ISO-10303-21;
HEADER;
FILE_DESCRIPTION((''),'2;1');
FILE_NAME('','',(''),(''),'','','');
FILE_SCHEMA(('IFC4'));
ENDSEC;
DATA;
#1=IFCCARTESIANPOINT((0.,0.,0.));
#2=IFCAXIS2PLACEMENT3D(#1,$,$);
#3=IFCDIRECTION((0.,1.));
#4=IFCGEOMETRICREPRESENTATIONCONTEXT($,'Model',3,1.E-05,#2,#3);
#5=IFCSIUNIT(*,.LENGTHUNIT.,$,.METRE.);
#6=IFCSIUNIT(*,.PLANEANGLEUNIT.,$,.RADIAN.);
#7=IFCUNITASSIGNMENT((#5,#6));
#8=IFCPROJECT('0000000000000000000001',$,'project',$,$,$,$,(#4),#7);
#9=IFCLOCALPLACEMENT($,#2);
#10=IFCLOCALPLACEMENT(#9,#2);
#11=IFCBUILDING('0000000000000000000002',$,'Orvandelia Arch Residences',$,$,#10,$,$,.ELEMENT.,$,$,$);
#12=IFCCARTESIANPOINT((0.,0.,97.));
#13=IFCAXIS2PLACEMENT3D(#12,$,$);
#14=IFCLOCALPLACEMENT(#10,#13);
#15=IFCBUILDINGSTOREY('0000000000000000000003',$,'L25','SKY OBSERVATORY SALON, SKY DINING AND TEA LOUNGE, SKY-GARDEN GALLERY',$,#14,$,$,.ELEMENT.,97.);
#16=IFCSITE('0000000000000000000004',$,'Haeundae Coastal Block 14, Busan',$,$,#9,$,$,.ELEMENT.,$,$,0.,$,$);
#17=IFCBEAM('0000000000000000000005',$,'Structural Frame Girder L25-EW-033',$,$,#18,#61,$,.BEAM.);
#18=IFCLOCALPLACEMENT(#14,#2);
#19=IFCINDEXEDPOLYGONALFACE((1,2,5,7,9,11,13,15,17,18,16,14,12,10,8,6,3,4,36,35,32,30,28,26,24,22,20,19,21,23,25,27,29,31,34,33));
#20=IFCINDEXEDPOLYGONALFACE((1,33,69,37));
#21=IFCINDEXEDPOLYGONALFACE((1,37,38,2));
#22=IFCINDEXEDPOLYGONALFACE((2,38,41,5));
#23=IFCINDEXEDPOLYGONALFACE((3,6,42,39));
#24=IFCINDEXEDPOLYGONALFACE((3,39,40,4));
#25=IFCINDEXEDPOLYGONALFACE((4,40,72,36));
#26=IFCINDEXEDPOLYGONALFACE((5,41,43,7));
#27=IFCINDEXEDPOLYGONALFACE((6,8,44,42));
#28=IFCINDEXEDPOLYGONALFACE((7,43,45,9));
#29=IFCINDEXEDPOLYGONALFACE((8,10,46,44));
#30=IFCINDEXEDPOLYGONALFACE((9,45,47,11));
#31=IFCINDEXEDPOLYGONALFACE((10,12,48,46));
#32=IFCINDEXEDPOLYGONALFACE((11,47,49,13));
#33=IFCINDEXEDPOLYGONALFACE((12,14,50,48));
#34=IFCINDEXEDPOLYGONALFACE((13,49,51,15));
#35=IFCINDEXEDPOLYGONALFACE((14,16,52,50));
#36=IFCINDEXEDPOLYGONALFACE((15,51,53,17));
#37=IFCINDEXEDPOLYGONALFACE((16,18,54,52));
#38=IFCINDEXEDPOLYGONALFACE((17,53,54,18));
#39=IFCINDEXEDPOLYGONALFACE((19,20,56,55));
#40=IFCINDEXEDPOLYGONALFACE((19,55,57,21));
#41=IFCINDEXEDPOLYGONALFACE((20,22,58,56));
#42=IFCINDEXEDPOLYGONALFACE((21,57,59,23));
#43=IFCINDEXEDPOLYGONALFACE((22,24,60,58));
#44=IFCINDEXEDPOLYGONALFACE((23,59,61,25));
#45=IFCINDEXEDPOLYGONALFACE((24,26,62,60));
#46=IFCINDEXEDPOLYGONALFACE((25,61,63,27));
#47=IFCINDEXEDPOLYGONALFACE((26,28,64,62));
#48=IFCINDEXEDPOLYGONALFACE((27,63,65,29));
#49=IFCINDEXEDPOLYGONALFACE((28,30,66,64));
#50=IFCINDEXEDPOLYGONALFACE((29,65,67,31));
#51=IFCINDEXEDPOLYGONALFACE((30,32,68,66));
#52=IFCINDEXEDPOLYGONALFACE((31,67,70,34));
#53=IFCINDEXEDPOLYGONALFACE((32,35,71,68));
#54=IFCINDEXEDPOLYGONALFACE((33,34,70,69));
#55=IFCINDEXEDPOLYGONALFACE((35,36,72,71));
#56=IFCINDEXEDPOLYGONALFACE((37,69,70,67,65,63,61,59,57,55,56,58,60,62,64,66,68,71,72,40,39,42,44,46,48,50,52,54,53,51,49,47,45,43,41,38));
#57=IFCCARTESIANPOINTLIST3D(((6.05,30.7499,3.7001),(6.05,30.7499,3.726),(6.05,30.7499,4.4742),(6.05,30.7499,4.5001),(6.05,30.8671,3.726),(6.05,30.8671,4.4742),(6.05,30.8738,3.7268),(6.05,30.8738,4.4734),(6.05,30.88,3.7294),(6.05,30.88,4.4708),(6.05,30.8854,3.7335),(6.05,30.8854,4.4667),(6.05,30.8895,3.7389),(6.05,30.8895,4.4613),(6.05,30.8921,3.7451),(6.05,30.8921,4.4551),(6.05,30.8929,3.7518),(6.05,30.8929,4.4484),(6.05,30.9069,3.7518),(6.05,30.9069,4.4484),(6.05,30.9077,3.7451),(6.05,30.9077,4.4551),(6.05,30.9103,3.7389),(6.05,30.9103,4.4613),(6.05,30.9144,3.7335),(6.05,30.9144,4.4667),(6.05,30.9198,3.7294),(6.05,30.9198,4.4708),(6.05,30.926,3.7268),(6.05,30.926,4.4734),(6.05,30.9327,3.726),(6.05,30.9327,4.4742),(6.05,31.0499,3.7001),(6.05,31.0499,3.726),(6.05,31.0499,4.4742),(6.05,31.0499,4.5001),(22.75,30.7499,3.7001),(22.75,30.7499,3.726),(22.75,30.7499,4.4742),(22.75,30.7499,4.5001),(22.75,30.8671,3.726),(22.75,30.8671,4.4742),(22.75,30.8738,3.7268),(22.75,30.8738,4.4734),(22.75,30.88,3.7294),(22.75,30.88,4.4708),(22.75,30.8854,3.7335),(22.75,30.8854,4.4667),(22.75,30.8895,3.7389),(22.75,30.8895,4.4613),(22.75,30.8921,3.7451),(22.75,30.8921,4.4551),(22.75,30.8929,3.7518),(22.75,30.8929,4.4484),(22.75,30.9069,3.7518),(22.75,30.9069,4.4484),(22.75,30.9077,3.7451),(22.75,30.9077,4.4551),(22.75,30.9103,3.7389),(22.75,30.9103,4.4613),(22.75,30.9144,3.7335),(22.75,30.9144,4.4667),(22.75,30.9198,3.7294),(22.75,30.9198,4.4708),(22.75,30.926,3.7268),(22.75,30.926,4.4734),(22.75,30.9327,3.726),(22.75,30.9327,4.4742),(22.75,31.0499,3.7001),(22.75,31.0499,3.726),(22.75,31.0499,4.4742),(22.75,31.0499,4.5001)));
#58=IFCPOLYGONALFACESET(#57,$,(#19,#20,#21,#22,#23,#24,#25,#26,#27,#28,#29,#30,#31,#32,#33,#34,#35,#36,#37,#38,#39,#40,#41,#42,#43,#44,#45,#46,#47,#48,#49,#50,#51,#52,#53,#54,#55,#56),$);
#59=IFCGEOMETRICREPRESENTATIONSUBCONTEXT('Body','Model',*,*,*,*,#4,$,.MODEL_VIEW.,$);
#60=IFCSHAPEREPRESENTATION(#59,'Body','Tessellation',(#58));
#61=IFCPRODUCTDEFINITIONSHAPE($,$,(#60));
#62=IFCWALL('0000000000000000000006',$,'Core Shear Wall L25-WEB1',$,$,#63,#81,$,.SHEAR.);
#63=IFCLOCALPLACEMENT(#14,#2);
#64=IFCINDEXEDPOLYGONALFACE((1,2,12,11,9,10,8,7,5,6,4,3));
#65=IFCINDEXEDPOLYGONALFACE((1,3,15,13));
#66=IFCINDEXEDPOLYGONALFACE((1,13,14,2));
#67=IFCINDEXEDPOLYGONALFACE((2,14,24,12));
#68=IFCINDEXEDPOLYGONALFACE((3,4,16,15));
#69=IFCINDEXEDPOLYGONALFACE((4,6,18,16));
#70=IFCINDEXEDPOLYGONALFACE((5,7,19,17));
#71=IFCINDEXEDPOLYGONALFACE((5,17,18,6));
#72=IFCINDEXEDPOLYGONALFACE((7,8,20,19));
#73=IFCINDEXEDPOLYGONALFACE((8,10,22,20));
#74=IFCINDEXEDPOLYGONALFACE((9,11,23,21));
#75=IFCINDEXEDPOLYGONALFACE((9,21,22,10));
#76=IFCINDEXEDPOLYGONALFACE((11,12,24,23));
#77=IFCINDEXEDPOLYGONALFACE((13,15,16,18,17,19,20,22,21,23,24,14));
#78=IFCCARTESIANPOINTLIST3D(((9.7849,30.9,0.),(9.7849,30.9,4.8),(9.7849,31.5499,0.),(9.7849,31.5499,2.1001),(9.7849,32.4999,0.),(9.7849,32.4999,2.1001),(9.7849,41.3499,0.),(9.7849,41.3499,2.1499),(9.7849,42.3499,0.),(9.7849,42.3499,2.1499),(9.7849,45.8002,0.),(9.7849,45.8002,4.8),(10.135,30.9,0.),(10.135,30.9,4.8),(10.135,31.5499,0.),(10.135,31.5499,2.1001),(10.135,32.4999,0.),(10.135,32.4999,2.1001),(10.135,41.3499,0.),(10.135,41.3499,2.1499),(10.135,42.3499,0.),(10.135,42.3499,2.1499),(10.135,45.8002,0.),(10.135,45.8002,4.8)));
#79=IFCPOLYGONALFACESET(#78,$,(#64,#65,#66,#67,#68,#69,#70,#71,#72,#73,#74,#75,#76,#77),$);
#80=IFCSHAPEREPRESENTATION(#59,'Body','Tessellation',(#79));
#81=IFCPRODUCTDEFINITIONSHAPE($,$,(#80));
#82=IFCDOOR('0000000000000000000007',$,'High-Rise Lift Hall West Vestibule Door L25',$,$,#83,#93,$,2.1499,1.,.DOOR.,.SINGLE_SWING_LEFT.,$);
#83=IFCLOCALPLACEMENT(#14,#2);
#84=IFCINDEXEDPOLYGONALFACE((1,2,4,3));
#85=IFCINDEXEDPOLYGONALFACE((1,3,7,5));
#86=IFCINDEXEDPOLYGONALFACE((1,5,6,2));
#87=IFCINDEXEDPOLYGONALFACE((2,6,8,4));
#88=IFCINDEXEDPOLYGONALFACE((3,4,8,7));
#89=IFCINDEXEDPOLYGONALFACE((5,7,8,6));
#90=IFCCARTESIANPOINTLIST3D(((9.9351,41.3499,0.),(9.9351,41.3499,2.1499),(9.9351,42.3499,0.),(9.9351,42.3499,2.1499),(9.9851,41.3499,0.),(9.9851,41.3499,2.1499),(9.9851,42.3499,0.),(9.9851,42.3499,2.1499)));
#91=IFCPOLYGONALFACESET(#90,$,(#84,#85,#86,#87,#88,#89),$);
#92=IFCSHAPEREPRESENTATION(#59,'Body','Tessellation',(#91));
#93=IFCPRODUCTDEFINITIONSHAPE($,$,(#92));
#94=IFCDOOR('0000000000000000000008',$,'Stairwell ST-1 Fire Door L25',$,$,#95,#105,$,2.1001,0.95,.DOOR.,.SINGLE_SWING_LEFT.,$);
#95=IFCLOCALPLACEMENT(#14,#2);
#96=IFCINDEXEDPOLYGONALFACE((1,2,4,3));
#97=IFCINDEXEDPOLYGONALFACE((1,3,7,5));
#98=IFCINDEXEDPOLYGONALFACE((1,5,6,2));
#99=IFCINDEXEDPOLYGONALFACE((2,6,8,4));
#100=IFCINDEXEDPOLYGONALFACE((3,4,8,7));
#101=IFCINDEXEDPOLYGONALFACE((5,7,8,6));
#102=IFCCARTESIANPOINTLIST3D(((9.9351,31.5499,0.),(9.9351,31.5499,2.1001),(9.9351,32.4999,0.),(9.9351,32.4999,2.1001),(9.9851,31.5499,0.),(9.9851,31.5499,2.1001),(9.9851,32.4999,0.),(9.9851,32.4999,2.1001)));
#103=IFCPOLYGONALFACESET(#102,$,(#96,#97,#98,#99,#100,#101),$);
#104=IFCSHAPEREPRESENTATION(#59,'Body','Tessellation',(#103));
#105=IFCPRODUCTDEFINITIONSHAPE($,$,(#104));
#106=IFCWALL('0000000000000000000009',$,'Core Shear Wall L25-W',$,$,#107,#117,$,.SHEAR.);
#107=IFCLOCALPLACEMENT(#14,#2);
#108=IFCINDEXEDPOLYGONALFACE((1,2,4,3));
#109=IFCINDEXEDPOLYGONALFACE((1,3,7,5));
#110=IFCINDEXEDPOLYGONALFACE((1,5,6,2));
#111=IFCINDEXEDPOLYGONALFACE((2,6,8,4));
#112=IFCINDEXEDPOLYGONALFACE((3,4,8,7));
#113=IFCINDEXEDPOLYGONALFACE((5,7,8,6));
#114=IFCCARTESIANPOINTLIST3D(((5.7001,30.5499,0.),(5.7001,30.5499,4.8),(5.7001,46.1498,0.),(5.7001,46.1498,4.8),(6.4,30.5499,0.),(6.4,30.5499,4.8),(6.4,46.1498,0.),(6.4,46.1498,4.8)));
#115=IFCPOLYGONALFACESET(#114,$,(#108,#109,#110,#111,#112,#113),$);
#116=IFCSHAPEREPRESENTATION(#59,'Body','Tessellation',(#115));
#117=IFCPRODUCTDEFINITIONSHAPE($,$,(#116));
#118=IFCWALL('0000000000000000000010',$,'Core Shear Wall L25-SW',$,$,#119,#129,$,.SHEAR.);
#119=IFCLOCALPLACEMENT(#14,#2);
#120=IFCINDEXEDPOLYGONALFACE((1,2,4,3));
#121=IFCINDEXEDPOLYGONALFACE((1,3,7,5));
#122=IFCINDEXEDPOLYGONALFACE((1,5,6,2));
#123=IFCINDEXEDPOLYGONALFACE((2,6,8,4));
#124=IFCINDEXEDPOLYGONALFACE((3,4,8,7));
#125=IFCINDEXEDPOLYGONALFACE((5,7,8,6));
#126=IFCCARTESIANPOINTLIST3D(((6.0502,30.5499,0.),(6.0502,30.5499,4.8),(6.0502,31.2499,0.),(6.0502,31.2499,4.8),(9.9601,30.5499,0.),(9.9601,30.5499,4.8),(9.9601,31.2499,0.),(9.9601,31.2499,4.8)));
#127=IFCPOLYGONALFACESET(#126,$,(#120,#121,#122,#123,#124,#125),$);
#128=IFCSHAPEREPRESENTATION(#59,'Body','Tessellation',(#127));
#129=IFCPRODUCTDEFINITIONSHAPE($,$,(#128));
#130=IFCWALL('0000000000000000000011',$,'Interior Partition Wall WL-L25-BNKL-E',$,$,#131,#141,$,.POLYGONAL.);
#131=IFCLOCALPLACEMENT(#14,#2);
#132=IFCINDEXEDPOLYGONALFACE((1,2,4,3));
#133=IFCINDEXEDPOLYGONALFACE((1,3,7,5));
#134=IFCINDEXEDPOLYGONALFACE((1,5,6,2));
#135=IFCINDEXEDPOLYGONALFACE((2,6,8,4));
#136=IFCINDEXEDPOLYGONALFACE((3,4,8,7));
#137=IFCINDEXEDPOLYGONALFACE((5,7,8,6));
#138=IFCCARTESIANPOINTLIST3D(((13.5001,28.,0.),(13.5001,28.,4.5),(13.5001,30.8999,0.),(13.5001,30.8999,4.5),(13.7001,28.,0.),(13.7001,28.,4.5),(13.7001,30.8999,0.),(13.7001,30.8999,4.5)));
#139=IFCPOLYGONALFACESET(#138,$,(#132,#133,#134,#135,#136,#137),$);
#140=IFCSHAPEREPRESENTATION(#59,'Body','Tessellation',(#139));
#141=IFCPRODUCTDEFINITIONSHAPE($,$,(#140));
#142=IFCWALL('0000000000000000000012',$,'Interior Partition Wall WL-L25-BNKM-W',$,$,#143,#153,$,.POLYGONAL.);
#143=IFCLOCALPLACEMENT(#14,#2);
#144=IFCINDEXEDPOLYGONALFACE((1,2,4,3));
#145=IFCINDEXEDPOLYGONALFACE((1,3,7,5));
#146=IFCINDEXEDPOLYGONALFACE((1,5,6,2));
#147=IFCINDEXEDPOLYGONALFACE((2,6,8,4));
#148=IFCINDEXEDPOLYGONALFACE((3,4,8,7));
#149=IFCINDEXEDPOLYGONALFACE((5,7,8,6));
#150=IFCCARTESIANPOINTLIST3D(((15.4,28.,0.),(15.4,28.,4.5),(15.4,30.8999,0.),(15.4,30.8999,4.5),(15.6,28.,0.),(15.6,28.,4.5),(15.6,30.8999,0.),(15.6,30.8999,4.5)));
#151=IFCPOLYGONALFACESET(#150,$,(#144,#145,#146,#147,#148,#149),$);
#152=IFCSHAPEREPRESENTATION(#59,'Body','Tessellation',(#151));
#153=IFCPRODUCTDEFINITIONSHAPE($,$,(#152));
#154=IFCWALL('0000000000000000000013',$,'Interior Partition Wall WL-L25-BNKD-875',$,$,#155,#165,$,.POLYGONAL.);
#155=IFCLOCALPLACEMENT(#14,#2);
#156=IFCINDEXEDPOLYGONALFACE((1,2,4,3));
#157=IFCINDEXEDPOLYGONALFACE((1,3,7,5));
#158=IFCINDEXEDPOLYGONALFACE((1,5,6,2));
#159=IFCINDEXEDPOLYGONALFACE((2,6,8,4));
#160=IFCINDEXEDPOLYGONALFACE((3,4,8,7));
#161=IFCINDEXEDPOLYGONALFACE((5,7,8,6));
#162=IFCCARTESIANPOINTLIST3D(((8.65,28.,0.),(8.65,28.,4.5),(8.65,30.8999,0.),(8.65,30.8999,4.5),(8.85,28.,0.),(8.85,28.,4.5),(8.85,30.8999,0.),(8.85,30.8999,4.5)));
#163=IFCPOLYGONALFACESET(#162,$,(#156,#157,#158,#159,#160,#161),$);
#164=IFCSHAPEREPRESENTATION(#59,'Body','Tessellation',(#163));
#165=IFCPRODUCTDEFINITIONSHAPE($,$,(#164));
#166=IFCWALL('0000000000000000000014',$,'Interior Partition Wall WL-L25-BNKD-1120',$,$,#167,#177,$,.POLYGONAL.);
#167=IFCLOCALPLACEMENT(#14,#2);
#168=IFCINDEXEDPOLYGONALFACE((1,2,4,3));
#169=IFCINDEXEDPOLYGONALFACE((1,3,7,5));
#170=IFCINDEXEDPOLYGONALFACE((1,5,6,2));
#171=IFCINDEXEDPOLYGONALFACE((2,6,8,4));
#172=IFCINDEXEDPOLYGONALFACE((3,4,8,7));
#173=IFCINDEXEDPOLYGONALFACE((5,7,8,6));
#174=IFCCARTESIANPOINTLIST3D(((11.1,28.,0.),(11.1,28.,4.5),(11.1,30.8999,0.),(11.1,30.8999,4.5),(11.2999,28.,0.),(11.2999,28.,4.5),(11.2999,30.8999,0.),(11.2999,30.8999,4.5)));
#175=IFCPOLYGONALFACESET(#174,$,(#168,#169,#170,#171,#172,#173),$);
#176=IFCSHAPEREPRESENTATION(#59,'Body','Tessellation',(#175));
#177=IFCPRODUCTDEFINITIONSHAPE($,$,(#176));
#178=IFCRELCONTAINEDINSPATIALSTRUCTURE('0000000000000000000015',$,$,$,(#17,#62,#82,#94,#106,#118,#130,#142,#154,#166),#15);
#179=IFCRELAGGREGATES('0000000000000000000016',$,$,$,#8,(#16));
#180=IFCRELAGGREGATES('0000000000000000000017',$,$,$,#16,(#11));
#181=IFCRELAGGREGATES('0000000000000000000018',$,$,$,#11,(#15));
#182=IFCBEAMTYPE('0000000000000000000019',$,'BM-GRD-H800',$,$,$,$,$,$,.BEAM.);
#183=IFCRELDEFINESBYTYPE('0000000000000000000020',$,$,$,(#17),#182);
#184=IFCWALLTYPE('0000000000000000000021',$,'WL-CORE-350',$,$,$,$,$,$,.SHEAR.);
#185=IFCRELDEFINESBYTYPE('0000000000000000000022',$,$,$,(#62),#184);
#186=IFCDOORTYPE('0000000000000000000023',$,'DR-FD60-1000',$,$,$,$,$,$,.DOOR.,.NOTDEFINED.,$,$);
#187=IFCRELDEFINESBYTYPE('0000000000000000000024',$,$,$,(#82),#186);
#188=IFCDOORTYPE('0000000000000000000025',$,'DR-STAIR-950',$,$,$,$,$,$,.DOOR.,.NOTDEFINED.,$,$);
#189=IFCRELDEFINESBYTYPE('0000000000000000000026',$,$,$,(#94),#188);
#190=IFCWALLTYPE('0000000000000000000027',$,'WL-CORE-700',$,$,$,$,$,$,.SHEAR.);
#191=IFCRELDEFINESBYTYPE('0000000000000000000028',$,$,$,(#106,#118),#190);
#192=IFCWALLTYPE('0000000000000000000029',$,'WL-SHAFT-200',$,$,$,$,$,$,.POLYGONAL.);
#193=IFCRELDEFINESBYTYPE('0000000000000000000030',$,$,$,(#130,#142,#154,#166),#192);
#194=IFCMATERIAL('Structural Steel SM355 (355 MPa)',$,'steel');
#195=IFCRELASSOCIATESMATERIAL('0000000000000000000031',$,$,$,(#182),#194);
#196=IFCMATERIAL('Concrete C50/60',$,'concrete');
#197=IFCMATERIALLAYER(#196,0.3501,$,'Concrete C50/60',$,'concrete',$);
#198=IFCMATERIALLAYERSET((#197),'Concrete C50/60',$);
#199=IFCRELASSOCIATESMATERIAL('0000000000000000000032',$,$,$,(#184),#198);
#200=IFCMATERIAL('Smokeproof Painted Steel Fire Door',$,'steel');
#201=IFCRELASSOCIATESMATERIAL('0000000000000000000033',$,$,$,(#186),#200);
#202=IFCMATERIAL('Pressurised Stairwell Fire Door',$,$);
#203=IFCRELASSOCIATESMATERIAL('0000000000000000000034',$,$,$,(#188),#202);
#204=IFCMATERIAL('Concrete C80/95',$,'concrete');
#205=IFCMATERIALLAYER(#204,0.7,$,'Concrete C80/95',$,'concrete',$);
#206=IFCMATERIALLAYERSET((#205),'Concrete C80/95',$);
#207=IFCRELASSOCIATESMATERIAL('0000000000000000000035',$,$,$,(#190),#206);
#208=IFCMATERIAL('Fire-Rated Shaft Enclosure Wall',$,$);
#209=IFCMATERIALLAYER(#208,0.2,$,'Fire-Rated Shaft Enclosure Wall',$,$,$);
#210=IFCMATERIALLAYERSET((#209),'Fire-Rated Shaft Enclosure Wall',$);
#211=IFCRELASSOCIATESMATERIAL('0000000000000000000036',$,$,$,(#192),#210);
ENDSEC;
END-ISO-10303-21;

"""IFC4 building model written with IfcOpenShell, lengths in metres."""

from ifc_helpers import new_model, si_unit, direction, frame, frame_2d, origin, origin_2d, place, context, subcontext, project, spatial, rectangle, i_section, extrude, material, layer, layer_set, material_profile, profile_set, type_object, element, fill, save


model = new_model("IFC4")

# Units and contexts
model_context = context("Model", 3, precision=1e-05, world=origin(), true_north=direction((0.0, 1.0)))
body_context = subcontext(model_context, "Body", "Model", "MODEL_VIEW")
ifc_project = project(units=[si_unit("LENGTHUNIT", "METRE"), si_unit("PLANEANGLEUNIT", "RADIAN")], contexts=[model_context])

# Site, building, storey
site_placement = place(None, origin())
site = spatial("IfcSite", under=ifc_project, at=site_placement, Name="Haeundae Coastal Block 14, Busan", CompositionType="ELEMENT", RefElevation=0.0)
building_placement = place(site_placement, origin())
building = spatial("IfcBuilding", under=site, at=building_placement, Name="Orvandelia Arch Residences", CompositionType="ELEMENT")
storey_placement = place(building_placement, frame((0.0, 0.0, 97.0)))
storey = spatial("IfcBuildingStorey", under=building, at=storey_placement, Name="L25", Description="SKY OBSERVATORY SALON, SKY DINING AND TEA LOUNGE, SKY-GARDEN GALLERY", CompositionType="ELEMENT", Elevation=97.0)

# Shared definitions
ifc_material_1 = material(Name="Concrete C80/95", Category="concrete")

# Beam
ifc_material_2 = material(Name="Structural Steel SM355 (355 MPa)", Category="steel")
ifc_material_profile_1 = material_profile(ifc_material_2, i_section(OverallWidth=0.3, OverallDepth=0.8, WebThickness=0.0139, FlangeThickness=0.0259, FilletRadius=0.0259, at=origin_2d()), Name="Structural Steel SM355 (355 MPa)", Category="steel")
ifc_profile_set_1 = profile_set([ifc_material_profile_1], Name="Structural Steel SM355 (355 MPa)")
beam_type = type_object("IfcBeamType", Name="BM-GRD-H800", PredefinedType="BEAM", material=ifc_profile_set_1)
beam_1_placement = place(storey_placement, frame((6.05, 30.8999, 4.1001), z_axis=(1.0, 0.0, 0.0), x_axis=(0.0, 1.0, 0.0)))
element("IfcBeam", 1, at=beam_1_placement, inside=storey, type_object=beam_type, Name="Structural Frame Girder L25-EW-033", PredefinedType="BEAM", context=body_context, shape_type="SweptSolid", body=[
    extrude(i_section(OverallWidth=0.3, OverallDepth=0.8, WebThickness=0.0139, FlangeThickness=0.0259, FilletRadius=0.0259, at=origin_2d()), origin(), (0.0, 0.0, 1.0), 16.7),
])

# Wall, openings, doors
ifc_material_3 = material(Name="Concrete C50/60", Category="concrete")
ifc_layer_1 = layer(ifc_material_3, 0.3501, Name="Concrete C50/60", Category="concrete")
ifc_layer_set_1 = layer_set([ifc_layer_1], Name="Concrete C50/60")
wall_type_1 = type_object("IfcWallType", Name="WL-CORE-350", PredefinedType="SHEAR", material=ifc_layer_set_1)
wall_1_placement = place(storey_placement, frame((9.96, 30.8999, 0.0), z_axis=(0.0, 0.0, 1.0), x_axis=(0.0, 1.0, 0.0)))
wall_1 = element("IfcWall", 2, at=wall_1_placement, inside=storey, type_object=wall_type_1, Name="Core Shear Wall L25-WEB1", PredefinedType="SHEAR", context=body_context, shape_type="SweptSolid", body=[
    extrude(rectangle(XDim=14.9001, YDim=0.3501, at=frame_2d((7.4502, 0.0))), origin(), (0.0, 0.0, 1.0), 4.8),
])
opening_1_placement = place(wall_1_placement, frame((0.6499, 0.0, 0.0)))
opening_1 = element("IfcOpeningElement", 3, at=opening_1_placement, cuts=wall_1, PredefinedType="OPENING", context=body_context, shape_type="SweptSolid", body=[
    extrude(rectangle(XDim=0.95, YDim=2.1001, at=frame_2d((0.4751, 1.05))), frame((0.0, 0.1851, 0.0), z_axis=(0.0, -1.0, 0.0), x_axis=(1.0, 0.0, 0.0)), (0.0, 0.0, 1.0), 0.3701),
])
opening_2_placement = place(wall_1_placement, frame((10.45, 0.0, 0.0)))
opening_2 = element("IfcOpeningElement", 4, at=opening_2_placement, cuts=wall_1, PredefinedType="OPENING", context=body_context, shape_type="SweptSolid", body=[
    extrude(rectangle(XDim=1.0, YDim=2.1499, at=frame_2d((0.5, 1.075))), frame((0.0, 0.1851, 0.0), z_axis=(0.0, -1.0, 0.0), x_axis=(1.0, 0.0, 0.0)), (0.0, 0.0, 1.0), 0.3701),
])
ifc_material_4 = material(Name="Smokeproof Painted Steel Fire Door", Category="steel")
door_type_1 = type_object("IfcDoorType", Name="DR-FD60-1000", OperationType="NOTDEFINED", PredefinedType="DOOR", material=ifc_material_4)
door_1_placement = place(opening_2_placement, origin())
door_1 = element("IfcDoor", 5, at=door_1_placement, inside=storey, type_object=door_type_1, Name="High-Rise Lift Hall West Vestibule Door L25", OperationType="SINGLE_SWING_LEFT", OverallHeight=2.1499, OverallWidth=1.0, PredefinedType="DOOR", context=body_context, shape_type="SweptSolid", body=[
    extrude(rectangle(XDim=1.0, YDim=2.1499, at=frame_2d((0.5, 1.075))), frame((0.0, 0.0249, 0.0), z_axis=(0.0, -1.0, 0.0), x_axis=(1.0, 0.0, 0.0)), (0.0, 0.0, 1.0), 0.05),
])
fill(opening_2, door_1)
ifc_material_5 = material(Name="Pressurised Stairwell Fire Door")
door_type_2 = type_object("IfcDoorType", Name="DR-STAIR-950", OperationType="NOTDEFINED", PredefinedType="DOOR", material=ifc_material_5)
door_2_placement = place(opening_1_placement, origin())
door_2 = element("IfcDoor", 6, at=door_2_placement, inside=storey, type_object=door_type_2, Name="Stairwell ST-1 Fire Door L25", OperationType="SINGLE_SWING_LEFT", OverallHeight=2.1001, OverallWidth=0.95, PredefinedType="DOOR", context=body_context, shape_type="SweptSolid", body=[
    extrude(rectangle(XDim=0.95, YDim=2.1001, at=frame_2d((0.4751, 1.05))), frame((0.0, 0.0249, 0.0), z_axis=(0.0, -1.0, 0.0), x_axis=(1.0, 0.0, 0.0)), (0.0, 0.0, 1.0), 0.05),
])
fill(opening_1, door_2)

# Walls
ifc_layer_2 = layer(ifc_material_1, 0.7, Name="Concrete C80/95", Category="concrete")
ifc_layer_set_2 = layer_set([ifc_layer_2], Name="Concrete C80/95")
wall_type_2 = type_object("IfcWallType", Name="WL-CORE-700", PredefinedType="SHEAR", material=ifc_layer_set_2)
wall_2_placement = place(storey_placement, frame((6.05, 30.55, 0.0), z_axis=(0.0, 0.0, 1.0), x_axis=(0.0, 1.0, 0.0)))
element("IfcWall", 7, at=wall_2_placement, inside=storey, type_object=wall_type_2, Name="Core Shear Wall L25-W", PredefinedType="SHEAR", context=body_context, shape_type="SweptSolid", body=[
    extrude(rectangle(XDim=15.5999, YDim=0.7, at=frame_2d((7.7998, 0.0))), origin(), (0.0, 0.0, 1.0), 4.8),
])
wall_3_placement = place(storey_placement, frame((6.05, 30.8999, 0.0), z_axis=(0.0, 0.0, 1.0), x_axis=(1.0, 0.0, 0.0)))
element("IfcWall", 8, at=wall_3_placement, inside=storey, type_object=wall_type_2, Name="Core Shear Wall L25-SW", PredefinedType="SHEAR", context=body_context, shape_type="SweptSolid", body=[
    extrude(rectangle(XDim=3.9099, YDim=0.7, at=frame_2d((1.9551, 0.0))), origin(), (0.0, 0.0, 1.0), 4.8),
])

# Shared definitions
ifc_material_6 = material(Name="Fire-Rated Shaft Enclosure Wall")
ifc_layer_3 = layer(ifc_material_6, 0.2, Name="Fire-Rated Shaft Enclosure Wall")
ifc_layer_set_3 = layer_set([ifc_layer_3], Name="Fire-Rated Shaft Enclosure Wall")
wall_type_3 = type_object("IfcWallType", Name="WL-SHAFT-200", PredefinedType="POLYGONAL", material=ifc_layer_set_3)

# Walls
for number, where, z_axis, x_axis, name in (
    (9, (13.6001, 28.0, 0.0), (0.0, 0.0, 1.0), (0.0, 1.0, 0.0), "Interior Partition Wall WL-L25-BNKL-E"),
    (10, (15.5, 28.0, 0.0), (0.0, 0.0, 1.0), (0.0, 1.0, 0.0), "Interior Partition Wall WL-L25-BNKM-W"),
    (11, (8.75, 28.0, 0.0), (0.0, 0.0, 1.0), (0.0, 1.0, 0.0), "Interior Partition Wall WL-L25-BNKD-875"),
    (12, (11.2, 28.0, 0.0), (0.0, 0.0, 1.0), (0.0, 1.0, 0.0), "Interior Partition Wall WL-L25-BNKD-1120"),
):
    element("IfcWall", number, at=place(storey_placement, frame(where, z_axis=z_axis, x_axis=x_axis)), inside=storey, type_object=wall_type_3, Name=name, PredefinedType="POLYGONAL", context=body_context, shape_type="SweptSolid", body=[
        extrude(rectangle(XDim=2.8999, YDim=0.2, at=frame_2d((1.45, 0.0))), origin(), (0.0, 0.0, 1.0), 4.5),
    ])

save(model, "model.ifc")
